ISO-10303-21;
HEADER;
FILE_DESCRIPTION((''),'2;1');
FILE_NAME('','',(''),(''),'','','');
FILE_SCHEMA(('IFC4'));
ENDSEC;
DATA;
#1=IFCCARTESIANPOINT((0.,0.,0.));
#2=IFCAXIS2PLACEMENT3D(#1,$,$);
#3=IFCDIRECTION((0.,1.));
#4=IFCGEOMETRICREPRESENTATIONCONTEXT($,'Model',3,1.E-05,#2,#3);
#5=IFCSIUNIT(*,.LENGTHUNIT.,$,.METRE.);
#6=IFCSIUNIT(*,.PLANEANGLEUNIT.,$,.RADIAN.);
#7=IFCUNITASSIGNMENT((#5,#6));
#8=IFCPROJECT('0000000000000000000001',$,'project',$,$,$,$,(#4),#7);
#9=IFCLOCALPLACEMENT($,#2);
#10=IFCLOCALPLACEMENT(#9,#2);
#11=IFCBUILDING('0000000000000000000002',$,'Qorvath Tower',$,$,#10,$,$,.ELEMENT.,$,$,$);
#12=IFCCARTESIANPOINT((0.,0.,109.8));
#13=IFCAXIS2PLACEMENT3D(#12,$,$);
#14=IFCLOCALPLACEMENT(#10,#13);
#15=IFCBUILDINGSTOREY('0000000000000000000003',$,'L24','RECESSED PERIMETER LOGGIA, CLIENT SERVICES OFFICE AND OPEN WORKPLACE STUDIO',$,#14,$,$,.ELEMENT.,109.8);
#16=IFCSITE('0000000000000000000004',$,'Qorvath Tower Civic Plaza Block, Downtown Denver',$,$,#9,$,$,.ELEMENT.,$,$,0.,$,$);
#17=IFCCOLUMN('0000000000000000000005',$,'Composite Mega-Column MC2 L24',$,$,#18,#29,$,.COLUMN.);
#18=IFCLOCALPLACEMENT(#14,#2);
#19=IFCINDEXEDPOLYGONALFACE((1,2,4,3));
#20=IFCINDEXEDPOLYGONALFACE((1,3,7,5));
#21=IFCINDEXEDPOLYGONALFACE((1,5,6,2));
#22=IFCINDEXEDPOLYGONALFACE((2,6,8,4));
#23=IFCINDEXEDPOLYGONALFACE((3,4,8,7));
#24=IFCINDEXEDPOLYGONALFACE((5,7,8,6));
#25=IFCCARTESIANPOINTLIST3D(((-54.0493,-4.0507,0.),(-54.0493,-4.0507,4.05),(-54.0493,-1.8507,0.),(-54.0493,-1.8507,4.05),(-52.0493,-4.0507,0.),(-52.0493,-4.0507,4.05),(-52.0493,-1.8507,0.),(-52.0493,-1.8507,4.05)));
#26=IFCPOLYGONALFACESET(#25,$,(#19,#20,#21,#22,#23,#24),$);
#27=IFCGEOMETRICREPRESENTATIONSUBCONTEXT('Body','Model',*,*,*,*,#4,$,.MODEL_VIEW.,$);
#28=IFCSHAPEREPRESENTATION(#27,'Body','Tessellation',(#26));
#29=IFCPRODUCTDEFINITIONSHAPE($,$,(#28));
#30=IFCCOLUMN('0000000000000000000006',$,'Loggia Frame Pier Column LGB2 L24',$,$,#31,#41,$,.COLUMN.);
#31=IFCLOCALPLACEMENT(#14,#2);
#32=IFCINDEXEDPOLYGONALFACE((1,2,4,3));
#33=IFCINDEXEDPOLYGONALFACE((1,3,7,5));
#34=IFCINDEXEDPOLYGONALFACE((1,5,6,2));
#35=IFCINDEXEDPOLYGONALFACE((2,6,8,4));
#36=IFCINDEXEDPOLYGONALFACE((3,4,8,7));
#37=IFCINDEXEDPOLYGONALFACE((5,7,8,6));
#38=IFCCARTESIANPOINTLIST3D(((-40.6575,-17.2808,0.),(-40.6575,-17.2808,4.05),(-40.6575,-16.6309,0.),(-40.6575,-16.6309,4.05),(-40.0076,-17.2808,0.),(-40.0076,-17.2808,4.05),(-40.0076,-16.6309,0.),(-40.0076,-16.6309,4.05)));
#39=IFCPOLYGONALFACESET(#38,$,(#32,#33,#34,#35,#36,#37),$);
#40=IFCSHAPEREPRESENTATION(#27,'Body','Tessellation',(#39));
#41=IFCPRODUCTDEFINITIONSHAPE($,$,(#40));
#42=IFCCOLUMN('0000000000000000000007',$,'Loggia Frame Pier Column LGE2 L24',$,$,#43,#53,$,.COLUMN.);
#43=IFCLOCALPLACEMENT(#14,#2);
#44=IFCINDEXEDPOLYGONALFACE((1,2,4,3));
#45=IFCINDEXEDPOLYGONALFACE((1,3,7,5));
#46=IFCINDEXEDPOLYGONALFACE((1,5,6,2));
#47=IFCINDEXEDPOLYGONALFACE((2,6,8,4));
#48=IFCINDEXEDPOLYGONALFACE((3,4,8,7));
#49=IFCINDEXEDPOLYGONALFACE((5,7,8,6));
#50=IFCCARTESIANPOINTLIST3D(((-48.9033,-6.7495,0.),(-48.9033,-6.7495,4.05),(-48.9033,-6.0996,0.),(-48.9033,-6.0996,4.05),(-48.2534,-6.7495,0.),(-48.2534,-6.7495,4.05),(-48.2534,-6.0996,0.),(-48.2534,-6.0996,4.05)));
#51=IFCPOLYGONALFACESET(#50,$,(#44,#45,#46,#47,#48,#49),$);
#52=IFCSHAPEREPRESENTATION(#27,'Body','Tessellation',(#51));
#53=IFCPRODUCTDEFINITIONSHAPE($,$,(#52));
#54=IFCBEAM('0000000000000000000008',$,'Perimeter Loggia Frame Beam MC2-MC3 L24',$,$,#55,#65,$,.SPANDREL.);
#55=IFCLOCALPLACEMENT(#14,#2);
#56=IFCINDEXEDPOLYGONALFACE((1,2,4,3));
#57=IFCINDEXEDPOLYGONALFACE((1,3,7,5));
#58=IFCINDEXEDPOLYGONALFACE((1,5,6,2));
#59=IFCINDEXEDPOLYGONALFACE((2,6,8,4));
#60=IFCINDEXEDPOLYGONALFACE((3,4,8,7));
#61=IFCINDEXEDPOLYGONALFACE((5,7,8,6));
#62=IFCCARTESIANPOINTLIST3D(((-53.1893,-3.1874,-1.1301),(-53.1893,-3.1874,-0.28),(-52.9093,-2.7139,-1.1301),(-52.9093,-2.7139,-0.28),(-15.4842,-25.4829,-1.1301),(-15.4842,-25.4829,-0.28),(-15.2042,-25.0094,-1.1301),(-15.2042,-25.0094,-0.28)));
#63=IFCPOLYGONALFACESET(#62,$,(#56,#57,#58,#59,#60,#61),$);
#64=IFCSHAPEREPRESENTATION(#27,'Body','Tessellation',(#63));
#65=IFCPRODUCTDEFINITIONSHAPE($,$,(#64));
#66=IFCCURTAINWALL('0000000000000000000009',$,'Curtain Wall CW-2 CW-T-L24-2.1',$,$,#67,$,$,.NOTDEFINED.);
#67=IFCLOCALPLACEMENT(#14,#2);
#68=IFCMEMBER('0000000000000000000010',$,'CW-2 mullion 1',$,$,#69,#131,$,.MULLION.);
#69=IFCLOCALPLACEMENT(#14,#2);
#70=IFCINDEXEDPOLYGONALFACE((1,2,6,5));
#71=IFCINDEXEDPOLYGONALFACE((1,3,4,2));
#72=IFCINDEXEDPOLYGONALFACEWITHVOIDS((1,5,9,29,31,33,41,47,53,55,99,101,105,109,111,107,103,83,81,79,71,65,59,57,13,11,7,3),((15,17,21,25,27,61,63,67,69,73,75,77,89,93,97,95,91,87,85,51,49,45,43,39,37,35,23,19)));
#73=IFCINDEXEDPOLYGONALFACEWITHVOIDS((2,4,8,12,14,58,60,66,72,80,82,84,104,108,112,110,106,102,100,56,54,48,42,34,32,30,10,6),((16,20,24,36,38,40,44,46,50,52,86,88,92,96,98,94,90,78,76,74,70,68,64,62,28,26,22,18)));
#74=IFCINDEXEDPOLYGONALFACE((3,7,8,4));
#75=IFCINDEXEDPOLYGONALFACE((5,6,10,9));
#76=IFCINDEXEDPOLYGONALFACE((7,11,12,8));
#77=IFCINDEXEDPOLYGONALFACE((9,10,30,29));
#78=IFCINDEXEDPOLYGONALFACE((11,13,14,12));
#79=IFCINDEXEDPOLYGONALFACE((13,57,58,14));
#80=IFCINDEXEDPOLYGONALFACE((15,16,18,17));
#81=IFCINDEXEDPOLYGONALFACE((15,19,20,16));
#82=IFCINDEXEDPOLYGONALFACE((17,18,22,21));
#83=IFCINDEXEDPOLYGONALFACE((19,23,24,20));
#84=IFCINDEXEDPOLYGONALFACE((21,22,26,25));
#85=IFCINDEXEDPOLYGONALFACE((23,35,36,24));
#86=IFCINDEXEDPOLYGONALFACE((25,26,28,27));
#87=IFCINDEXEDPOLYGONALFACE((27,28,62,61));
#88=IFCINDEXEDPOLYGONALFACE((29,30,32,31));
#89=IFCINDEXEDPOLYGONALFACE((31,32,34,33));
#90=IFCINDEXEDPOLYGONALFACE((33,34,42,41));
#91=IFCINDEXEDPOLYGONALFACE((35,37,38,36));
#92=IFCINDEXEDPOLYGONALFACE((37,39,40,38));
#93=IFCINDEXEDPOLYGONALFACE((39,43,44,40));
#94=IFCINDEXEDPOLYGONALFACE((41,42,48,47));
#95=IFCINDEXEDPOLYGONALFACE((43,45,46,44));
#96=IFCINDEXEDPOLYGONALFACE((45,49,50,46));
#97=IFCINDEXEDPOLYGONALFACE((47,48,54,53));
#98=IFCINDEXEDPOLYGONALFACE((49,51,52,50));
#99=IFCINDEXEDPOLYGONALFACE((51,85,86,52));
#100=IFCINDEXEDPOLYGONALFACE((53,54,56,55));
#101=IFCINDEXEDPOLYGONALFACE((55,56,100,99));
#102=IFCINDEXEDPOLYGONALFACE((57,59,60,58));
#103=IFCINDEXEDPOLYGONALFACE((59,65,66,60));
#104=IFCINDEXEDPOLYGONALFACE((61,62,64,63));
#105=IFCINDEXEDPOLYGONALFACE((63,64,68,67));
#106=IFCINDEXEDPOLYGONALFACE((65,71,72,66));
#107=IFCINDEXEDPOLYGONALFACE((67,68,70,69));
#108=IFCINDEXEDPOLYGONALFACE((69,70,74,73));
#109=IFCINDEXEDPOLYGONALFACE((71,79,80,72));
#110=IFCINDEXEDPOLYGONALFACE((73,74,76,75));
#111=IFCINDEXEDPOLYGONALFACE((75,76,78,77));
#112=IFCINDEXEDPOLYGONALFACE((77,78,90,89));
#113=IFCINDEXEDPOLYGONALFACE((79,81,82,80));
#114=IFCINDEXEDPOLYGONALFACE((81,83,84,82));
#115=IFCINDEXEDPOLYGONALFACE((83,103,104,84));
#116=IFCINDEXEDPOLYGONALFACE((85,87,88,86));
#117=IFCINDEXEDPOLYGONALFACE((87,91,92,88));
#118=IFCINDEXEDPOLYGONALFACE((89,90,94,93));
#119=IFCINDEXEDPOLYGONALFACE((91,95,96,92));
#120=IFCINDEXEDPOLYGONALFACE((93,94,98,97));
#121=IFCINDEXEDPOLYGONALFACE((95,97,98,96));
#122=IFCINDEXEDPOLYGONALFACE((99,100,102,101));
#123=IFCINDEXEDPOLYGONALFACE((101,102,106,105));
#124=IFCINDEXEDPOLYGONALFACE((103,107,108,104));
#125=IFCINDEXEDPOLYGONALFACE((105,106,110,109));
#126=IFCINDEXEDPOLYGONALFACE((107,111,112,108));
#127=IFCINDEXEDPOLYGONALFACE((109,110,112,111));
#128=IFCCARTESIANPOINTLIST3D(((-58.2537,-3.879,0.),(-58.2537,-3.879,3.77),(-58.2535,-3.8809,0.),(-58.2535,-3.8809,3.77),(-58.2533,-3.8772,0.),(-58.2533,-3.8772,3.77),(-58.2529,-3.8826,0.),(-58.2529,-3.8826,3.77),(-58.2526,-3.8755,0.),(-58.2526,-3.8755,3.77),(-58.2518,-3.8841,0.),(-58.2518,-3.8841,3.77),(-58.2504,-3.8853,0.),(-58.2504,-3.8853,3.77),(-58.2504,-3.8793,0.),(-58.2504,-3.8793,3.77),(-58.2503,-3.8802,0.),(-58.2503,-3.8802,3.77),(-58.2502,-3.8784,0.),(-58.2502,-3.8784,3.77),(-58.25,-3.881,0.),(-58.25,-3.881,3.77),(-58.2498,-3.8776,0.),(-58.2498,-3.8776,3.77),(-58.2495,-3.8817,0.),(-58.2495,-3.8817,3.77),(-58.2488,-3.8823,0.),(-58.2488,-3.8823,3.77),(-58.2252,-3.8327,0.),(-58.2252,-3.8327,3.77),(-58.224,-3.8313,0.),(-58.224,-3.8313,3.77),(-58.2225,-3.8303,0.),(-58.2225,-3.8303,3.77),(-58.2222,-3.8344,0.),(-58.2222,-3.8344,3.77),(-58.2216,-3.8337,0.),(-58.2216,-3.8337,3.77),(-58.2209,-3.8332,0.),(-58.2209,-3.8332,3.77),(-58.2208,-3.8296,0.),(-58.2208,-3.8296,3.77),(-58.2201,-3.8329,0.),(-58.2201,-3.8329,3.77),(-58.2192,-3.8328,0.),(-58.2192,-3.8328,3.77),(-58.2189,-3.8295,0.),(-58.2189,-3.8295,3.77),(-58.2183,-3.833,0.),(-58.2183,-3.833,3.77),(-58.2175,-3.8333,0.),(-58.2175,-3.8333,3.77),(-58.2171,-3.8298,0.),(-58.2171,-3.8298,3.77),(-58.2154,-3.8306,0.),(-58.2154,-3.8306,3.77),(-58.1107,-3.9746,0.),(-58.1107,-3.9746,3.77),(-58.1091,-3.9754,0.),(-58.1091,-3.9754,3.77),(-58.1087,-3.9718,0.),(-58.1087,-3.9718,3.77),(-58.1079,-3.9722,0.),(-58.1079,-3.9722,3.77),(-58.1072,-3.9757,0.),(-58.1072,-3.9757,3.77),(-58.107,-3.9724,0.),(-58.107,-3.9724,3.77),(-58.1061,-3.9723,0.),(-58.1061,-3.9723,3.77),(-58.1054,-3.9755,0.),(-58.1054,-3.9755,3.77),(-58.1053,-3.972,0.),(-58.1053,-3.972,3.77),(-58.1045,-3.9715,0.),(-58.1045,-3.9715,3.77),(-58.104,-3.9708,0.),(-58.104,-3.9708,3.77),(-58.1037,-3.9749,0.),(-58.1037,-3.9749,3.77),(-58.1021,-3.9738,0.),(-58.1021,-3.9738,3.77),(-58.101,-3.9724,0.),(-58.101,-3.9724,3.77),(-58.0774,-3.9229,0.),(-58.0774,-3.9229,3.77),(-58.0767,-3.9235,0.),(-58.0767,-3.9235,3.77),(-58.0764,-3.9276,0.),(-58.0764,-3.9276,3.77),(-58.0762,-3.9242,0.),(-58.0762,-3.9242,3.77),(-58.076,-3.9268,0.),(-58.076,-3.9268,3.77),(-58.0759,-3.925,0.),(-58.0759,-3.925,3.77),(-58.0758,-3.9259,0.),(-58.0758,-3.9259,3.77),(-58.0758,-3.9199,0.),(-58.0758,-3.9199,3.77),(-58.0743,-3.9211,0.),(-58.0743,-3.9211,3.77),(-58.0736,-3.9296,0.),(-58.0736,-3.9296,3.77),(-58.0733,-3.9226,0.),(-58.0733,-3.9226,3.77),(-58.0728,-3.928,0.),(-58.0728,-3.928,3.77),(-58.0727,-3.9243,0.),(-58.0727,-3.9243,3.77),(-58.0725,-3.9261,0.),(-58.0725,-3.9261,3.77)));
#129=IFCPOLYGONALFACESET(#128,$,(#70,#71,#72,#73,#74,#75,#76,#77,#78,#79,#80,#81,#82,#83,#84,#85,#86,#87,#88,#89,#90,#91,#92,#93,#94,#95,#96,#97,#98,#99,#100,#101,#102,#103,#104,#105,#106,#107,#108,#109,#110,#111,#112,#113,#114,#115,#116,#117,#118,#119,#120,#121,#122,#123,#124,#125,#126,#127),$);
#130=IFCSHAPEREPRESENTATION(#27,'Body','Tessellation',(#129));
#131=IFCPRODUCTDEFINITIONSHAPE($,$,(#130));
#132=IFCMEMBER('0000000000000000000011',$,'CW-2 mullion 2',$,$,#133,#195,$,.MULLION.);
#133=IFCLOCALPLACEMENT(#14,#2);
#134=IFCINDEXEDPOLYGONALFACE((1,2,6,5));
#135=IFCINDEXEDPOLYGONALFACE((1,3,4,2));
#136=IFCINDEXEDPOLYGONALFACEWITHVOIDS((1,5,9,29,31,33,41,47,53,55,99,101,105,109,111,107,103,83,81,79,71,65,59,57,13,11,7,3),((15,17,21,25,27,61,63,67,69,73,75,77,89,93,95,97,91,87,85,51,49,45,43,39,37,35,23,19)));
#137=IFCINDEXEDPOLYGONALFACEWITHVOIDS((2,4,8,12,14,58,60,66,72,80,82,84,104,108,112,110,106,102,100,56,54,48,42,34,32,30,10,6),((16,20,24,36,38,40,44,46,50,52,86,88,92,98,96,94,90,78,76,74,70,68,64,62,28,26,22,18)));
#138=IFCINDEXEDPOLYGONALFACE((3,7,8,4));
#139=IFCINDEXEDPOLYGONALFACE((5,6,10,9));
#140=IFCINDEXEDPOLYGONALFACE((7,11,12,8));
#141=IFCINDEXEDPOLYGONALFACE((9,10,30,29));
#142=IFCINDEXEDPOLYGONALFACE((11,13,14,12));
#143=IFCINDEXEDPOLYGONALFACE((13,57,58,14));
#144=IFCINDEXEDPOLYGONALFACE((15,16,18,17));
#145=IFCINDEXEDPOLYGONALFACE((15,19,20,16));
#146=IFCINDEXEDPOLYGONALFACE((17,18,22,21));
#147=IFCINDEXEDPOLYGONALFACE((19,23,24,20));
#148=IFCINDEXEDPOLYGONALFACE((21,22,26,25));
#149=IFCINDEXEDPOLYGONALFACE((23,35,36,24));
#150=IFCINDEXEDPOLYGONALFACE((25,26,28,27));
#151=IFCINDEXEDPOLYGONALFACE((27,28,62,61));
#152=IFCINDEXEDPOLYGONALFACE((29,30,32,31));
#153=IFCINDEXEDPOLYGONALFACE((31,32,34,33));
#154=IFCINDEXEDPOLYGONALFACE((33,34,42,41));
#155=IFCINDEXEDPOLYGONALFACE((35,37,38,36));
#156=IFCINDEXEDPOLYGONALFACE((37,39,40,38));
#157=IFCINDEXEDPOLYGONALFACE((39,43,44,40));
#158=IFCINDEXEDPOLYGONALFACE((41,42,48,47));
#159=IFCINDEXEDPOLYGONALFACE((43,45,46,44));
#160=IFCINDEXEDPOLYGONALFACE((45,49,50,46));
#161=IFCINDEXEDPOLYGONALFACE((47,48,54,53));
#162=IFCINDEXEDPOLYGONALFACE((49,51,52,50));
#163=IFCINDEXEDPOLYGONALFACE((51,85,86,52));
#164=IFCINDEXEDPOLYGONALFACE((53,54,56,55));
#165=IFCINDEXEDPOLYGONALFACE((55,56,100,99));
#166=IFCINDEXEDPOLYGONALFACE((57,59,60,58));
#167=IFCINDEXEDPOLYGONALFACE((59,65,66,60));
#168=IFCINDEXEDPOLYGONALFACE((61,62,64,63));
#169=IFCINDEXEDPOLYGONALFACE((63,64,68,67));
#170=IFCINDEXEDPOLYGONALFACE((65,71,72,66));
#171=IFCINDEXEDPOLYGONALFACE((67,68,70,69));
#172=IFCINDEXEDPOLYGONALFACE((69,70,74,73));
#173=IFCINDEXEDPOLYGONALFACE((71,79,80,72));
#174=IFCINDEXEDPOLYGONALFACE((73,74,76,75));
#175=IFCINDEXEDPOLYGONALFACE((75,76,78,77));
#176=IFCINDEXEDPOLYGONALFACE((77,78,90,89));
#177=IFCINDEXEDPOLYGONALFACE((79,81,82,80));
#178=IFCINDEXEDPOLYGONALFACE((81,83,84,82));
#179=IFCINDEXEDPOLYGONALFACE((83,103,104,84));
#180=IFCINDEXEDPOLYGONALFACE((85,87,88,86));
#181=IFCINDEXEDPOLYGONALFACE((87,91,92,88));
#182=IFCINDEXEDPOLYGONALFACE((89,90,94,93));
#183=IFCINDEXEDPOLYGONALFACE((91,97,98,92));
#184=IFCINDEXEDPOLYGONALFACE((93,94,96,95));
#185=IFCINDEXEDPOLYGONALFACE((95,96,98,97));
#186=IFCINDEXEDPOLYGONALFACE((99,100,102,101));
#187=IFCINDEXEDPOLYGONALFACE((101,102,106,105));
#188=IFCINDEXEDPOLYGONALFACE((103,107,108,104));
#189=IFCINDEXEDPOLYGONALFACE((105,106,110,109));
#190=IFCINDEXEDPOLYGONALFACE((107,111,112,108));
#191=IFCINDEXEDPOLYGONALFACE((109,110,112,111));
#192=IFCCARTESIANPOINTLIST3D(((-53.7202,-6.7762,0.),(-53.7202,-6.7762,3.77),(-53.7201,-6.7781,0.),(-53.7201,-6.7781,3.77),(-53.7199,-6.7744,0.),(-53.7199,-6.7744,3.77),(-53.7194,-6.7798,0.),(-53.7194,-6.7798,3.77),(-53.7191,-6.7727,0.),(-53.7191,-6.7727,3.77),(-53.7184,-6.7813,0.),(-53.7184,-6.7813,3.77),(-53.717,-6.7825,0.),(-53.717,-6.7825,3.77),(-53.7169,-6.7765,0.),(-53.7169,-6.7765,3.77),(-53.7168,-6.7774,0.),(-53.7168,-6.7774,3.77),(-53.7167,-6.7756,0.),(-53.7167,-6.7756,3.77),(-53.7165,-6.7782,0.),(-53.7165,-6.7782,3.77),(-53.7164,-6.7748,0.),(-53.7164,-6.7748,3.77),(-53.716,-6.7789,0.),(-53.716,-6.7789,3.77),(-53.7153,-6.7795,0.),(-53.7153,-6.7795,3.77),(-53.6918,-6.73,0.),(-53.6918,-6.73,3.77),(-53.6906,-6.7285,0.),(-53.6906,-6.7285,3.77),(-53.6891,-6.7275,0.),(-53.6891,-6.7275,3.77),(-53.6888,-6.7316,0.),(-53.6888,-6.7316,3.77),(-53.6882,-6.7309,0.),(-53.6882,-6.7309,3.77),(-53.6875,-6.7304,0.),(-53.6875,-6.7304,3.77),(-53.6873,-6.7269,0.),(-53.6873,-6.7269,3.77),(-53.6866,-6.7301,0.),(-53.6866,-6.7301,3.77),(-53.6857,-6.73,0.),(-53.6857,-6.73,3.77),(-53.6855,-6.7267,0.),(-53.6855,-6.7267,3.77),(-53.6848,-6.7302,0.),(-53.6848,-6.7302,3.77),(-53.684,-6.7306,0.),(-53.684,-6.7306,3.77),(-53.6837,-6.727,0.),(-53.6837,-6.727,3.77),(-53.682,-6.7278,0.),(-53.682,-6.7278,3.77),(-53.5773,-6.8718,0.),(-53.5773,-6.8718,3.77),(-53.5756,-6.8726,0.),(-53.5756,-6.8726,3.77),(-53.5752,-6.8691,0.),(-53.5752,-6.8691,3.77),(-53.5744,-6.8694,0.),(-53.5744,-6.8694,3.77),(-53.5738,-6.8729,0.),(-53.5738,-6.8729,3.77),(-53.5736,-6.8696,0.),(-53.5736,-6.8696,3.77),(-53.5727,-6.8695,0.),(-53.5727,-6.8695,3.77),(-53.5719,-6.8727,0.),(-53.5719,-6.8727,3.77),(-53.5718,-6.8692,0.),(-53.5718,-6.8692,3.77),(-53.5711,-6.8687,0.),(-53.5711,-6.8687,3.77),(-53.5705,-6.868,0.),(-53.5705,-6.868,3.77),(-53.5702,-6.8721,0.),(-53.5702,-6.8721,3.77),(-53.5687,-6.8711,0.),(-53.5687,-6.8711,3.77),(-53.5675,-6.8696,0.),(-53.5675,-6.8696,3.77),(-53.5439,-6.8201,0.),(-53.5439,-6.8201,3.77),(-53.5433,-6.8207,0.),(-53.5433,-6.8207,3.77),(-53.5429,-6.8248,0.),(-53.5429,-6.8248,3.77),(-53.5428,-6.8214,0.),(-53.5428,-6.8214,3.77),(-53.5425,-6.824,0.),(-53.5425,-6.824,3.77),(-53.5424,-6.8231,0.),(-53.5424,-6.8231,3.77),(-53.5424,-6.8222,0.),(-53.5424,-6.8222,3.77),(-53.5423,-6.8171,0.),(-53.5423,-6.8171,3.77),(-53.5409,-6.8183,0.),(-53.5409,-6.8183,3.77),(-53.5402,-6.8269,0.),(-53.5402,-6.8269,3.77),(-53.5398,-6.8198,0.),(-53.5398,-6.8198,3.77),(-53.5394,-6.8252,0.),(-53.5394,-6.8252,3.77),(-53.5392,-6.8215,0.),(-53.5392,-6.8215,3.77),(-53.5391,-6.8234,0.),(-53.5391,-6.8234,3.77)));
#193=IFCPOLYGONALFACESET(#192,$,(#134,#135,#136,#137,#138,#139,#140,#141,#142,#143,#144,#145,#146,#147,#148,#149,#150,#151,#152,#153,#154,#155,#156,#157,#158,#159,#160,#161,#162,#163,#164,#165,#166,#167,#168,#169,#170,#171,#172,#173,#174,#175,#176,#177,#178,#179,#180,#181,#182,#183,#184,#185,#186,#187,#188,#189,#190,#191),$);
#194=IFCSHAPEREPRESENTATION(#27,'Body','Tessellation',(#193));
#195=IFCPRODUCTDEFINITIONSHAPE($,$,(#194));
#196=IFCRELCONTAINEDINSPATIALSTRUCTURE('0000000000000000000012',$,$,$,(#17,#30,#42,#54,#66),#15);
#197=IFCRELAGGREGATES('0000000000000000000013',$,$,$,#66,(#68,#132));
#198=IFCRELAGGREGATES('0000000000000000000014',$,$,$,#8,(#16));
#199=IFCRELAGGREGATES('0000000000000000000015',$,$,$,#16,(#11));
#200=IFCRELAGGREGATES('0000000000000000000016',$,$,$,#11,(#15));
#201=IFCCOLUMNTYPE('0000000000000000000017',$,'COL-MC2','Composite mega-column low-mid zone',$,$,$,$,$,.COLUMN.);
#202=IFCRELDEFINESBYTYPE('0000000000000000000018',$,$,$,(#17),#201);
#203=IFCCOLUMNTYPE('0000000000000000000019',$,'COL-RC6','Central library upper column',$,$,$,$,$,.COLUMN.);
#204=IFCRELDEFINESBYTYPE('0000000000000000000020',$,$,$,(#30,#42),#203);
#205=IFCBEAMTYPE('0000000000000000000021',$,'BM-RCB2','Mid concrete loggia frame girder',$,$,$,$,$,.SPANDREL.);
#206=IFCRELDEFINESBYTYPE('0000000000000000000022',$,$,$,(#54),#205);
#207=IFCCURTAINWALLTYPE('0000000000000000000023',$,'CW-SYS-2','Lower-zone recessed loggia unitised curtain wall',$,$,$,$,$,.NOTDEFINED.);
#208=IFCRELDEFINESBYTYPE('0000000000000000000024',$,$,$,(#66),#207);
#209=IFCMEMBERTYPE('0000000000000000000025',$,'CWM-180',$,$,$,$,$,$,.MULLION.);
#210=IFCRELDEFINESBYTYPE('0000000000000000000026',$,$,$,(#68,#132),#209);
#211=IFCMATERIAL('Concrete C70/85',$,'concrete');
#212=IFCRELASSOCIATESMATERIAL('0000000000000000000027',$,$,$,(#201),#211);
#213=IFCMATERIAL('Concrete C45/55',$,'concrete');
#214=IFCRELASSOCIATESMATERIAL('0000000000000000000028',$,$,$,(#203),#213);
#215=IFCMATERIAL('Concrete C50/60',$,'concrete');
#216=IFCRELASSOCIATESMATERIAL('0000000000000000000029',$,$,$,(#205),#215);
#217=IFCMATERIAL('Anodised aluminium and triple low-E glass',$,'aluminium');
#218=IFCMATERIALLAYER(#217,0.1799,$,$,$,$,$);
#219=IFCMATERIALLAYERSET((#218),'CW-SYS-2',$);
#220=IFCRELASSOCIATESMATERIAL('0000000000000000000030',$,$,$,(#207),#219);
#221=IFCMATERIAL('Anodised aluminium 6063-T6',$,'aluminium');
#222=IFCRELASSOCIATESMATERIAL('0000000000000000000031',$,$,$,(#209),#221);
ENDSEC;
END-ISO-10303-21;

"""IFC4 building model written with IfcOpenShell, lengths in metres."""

from ifc_helpers import new_model, si_unit, direction, frame, origin, origin_2d, place, context, subcontext, project, spatial, rectangle, hollow_rectangle, extrude, material, layer, layer_set, material_profile, profile_set, type_object, element, aggregate, save


model = new_model("IFC4")

# Units and contexts
model_context = context("Model", 3, precision=1e-05, world=origin(), true_north=direction((0.0, 1.0)))
body_context = subcontext(model_context, "Body", "Model", "MODEL_VIEW")
ifc_project = project(units=[si_unit("LENGTHUNIT", "METRE"), si_unit("PLANEANGLEUNIT", "RADIAN")], contexts=[model_context])

# Site, building, storey
site_placement = place(None, origin())
site = spatial("IfcSite", under=ifc_project, at=site_placement, Name="Qorvath Tower Civic Plaza Block, Downtown Denver", CompositionType="ELEMENT", RefElevation=0.0)
building_placement = place(site_placement, origin())
building = spatial("IfcBuilding", under=site, at=building_placement, Name="Qorvath Tower", CompositionType="ELEMENT")
storey_placement = place(building_placement, frame((0.0, 0.0, 109.8)))
storey = spatial("IfcBuildingStorey", under=building, at=storey_placement, Name="L24", Description="RECESSED PERIMETER LOGGIA, CLIENT SERVICES OFFICE AND OPEN WORKPLACE STUDIO", CompositionType="ELEMENT", Elevation=109.8)

# Columns
ifc_material_1 = material(Name="Concrete C70/85", Category="concrete")
ifc_material_profile_1 = material_profile(ifc_material_1, rectangle(XDim=2.0, YDim=2.2, at=origin_2d()), Name="MC 2200x2000")
ifc_profile_set_1 = profile_set([ifc_material_profile_1], Name="Concrete C70/85")
column_type_1 = type_object("IfcColumnType", Name="COL-MC2", Description="Composite mega-column low-mid zone", PredefinedType="COLUMN", material=ifc_profile_set_1)
column_placement = place(storey_placement, frame((-53.0493, -2.9507, 0.0), z_axis=(0.0, 0.0, 1.0), x_axis=(1.0, 0.0, 0.0)))
element("IfcColumn", 1, at=column_placement, inside=storey, type_object=column_type_1, Name="Composite Mega-Column MC2 L24", PredefinedType="COLUMN", context=body_context, shape_type="SweptSolid", body=[
    extrude(rectangle(XDim=2.0, YDim=2.2, at=origin_2d()), origin(), (0.0, 0.0, 1.0), 4.05),
])
ifc_material_2 = material(Name="Concrete C45/55", Category="concrete")
ifc_material_profile_2 = material_profile(ifc_material_2, rectangle(XDim=0.6499, YDim=0.6499, at=origin_2d()), Name="RC 650x650")
ifc_profile_set_2 = profile_set([ifc_material_profile_2], Name="Concrete C45/55")
column_type_2 = type_object("IfcColumnType", Name="COL-RC6", Description="Central library upper column", PredefinedType="COLUMN", material=ifc_profile_set_2)
for number, where, z_axis, x_axis, name in (
    (2, (-40.3325, -16.9558, 0.0), (0.0, 0.0, 1.0), (1.0, 0.0, 0.0), "Loggia Frame Pier Column LGB2 L24"),
    (3, (-48.5784, -6.4246, 0.0), (0.0, 0.0, 1.0), (1.0, 0.0, 0.0), "Loggia Frame Pier Column LGE2 L24"),
):
    element("IfcColumn", number, at=place(storey_placement, frame(where, z_axis=z_axis, x_axis=x_axis)), inside=storey, type_object=column_type_2, Name=name, PredefinedType="COLUMN", context=body_context, shape_type="SweptSolid", body=[
        extrude(rectangle(XDim=0.6499, YDim=0.6499, at=origin_2d()), origin(), (0.0, 0.0, 1.0), 4.05),
    ])

# Beam
ifc_material_3 = material(Name="Concrete C50/60", Category="concrete")
ifc_material_profile_3 = material_profile(ifc_material_3, rectangle(XDim=0.55, YDim=0.8501, at=origin_2d()), Name="RCB 850x550")
ifc_profile_set_3 = profile_set([ifc_material_profile_3], Name="Concrete C50/60")
beam_type = type_object("IfcBeamType", Name="BM-RCB2", Description="Mid concrete loggia frame girder", PredefinedType="SPANDREL", material=ifc_profile_set_3)
beam_placement = place(storey_placement, frame((-53.0493, -2.9507, -0.7051), z_axis=(0.860775, -0.508985, 0.0), x_axis=(0.508985, 0.860775, 0.0)))
element("IfcBeam", 4, at=beam_placement, inside=storey, type_object=beam_type, Name="Perimeter Loggia Frame Beam MC2-MC3 L24", PredefinedType="SPANDREL", context=body_context, shape_type="SweptSolid", body=[
    extrude(rectangle(XDim=0.55, YDim=0.8501, at=origin_2d()), origin(), (0.0, 0.0, 1.0), 43.8037),
])

# Curtain wall, members
ifc_material_4 = material(Name="Anodised aluminium and triple low-E glass", Category="aluminium")
ifc_layer_1 = layer(ifc_material_4, 0.1799)
ifc_layer_set_1 = layer_set([ifc_layer_1], Name="CW-SYS-2")
curtain_wall_type = type_object("IfcCurtainWallType", Name="CW-SYS-2", Description="Lower-zone recessed loggia unitised curtain wall", PredefinedType="NOTDEFINED", material=ifc_layer_set_1)
curtain_wall_placement = place(storey_placement, origin())
curtain_wall = element("IfcCurtainWall", 5, at=curtain_wall_placement, inside=storey, type_object=curtain_wall_type, Name="Curtain Wall CW-2 CW-T-L24-2.1", PredefinedType="NOTDEFINED")
ifc_material_5 = material(Name="Anodised aluminium 6063-T6", Category="aluminium")
ifc_material_profile_4 = material_profile(ifc_material_5, hollow_rectangle(XDim=0.0649, YDim=0.1799, WallThickness=0.0034, InnerFilletRadius=0.0034, OuterFilletRadius=0.0071, at=origin_2d()), Name="CWM 180x65")
ifc_profile_set_4 = profile_set([ifc_material_profile_4], Name="Anodised aluminium 6063-T6")
member_type_1 = type_object("IfcMemberType", Name="CWM-180", PredefinedType="MULLION", material=ifc_profile_set_4)
member_1_placement = place(storey_placement, frame((-58.1631, -3.9026, 0.0), z_axis=(0.0, 0.0, 1.0), x_axis=(0.53853, 0.842606, 0.0)))
member_1 = element("IfcMember", 6, at=member_1_placement, type_object=member_type_1, Name="CW-2 mullion 1", PredefinedType="MULLION", context=body_context, shape_type="SweptSolid", body=[
    extrude(hollow_rectangle(XDim=0.0649, YDim=0.1799, WallThickness=0.0034, InnerFilletRadius=0.0034, OuterFilletRadius=0.0071, at=origin_2d()), origin(), (0.0, 0.0, 1.0), 3.77),
])
member_2_placement = place(storey_placement, frame((-53.6296, -6.7998, 0.0), z_axis=(0.0, 0.0, 1.0), x_axis=(0.53853, 0.842606, 0.0)))
member_2 = element("IfcMember", 7, at=member_2_placement, type_object=member_type_1, Name="CW-2 mullion 2", PredefinedType="MULLION", context=body_context, shape_type="SweptSolid", body=[
    extrude(hollow_rectangle(XDim=0.0649, YDim=0.1799, WallThickness=0.0034, InnerFilletRadius=0.0034, OuterFilletRadius=0.0071, at=origin_2d()), origin(), (0.0, 0.0, 1.0), 3.77),
])
aggregate(curtain_wall, [member_1, member_2])

save(model, "model.ifc")
